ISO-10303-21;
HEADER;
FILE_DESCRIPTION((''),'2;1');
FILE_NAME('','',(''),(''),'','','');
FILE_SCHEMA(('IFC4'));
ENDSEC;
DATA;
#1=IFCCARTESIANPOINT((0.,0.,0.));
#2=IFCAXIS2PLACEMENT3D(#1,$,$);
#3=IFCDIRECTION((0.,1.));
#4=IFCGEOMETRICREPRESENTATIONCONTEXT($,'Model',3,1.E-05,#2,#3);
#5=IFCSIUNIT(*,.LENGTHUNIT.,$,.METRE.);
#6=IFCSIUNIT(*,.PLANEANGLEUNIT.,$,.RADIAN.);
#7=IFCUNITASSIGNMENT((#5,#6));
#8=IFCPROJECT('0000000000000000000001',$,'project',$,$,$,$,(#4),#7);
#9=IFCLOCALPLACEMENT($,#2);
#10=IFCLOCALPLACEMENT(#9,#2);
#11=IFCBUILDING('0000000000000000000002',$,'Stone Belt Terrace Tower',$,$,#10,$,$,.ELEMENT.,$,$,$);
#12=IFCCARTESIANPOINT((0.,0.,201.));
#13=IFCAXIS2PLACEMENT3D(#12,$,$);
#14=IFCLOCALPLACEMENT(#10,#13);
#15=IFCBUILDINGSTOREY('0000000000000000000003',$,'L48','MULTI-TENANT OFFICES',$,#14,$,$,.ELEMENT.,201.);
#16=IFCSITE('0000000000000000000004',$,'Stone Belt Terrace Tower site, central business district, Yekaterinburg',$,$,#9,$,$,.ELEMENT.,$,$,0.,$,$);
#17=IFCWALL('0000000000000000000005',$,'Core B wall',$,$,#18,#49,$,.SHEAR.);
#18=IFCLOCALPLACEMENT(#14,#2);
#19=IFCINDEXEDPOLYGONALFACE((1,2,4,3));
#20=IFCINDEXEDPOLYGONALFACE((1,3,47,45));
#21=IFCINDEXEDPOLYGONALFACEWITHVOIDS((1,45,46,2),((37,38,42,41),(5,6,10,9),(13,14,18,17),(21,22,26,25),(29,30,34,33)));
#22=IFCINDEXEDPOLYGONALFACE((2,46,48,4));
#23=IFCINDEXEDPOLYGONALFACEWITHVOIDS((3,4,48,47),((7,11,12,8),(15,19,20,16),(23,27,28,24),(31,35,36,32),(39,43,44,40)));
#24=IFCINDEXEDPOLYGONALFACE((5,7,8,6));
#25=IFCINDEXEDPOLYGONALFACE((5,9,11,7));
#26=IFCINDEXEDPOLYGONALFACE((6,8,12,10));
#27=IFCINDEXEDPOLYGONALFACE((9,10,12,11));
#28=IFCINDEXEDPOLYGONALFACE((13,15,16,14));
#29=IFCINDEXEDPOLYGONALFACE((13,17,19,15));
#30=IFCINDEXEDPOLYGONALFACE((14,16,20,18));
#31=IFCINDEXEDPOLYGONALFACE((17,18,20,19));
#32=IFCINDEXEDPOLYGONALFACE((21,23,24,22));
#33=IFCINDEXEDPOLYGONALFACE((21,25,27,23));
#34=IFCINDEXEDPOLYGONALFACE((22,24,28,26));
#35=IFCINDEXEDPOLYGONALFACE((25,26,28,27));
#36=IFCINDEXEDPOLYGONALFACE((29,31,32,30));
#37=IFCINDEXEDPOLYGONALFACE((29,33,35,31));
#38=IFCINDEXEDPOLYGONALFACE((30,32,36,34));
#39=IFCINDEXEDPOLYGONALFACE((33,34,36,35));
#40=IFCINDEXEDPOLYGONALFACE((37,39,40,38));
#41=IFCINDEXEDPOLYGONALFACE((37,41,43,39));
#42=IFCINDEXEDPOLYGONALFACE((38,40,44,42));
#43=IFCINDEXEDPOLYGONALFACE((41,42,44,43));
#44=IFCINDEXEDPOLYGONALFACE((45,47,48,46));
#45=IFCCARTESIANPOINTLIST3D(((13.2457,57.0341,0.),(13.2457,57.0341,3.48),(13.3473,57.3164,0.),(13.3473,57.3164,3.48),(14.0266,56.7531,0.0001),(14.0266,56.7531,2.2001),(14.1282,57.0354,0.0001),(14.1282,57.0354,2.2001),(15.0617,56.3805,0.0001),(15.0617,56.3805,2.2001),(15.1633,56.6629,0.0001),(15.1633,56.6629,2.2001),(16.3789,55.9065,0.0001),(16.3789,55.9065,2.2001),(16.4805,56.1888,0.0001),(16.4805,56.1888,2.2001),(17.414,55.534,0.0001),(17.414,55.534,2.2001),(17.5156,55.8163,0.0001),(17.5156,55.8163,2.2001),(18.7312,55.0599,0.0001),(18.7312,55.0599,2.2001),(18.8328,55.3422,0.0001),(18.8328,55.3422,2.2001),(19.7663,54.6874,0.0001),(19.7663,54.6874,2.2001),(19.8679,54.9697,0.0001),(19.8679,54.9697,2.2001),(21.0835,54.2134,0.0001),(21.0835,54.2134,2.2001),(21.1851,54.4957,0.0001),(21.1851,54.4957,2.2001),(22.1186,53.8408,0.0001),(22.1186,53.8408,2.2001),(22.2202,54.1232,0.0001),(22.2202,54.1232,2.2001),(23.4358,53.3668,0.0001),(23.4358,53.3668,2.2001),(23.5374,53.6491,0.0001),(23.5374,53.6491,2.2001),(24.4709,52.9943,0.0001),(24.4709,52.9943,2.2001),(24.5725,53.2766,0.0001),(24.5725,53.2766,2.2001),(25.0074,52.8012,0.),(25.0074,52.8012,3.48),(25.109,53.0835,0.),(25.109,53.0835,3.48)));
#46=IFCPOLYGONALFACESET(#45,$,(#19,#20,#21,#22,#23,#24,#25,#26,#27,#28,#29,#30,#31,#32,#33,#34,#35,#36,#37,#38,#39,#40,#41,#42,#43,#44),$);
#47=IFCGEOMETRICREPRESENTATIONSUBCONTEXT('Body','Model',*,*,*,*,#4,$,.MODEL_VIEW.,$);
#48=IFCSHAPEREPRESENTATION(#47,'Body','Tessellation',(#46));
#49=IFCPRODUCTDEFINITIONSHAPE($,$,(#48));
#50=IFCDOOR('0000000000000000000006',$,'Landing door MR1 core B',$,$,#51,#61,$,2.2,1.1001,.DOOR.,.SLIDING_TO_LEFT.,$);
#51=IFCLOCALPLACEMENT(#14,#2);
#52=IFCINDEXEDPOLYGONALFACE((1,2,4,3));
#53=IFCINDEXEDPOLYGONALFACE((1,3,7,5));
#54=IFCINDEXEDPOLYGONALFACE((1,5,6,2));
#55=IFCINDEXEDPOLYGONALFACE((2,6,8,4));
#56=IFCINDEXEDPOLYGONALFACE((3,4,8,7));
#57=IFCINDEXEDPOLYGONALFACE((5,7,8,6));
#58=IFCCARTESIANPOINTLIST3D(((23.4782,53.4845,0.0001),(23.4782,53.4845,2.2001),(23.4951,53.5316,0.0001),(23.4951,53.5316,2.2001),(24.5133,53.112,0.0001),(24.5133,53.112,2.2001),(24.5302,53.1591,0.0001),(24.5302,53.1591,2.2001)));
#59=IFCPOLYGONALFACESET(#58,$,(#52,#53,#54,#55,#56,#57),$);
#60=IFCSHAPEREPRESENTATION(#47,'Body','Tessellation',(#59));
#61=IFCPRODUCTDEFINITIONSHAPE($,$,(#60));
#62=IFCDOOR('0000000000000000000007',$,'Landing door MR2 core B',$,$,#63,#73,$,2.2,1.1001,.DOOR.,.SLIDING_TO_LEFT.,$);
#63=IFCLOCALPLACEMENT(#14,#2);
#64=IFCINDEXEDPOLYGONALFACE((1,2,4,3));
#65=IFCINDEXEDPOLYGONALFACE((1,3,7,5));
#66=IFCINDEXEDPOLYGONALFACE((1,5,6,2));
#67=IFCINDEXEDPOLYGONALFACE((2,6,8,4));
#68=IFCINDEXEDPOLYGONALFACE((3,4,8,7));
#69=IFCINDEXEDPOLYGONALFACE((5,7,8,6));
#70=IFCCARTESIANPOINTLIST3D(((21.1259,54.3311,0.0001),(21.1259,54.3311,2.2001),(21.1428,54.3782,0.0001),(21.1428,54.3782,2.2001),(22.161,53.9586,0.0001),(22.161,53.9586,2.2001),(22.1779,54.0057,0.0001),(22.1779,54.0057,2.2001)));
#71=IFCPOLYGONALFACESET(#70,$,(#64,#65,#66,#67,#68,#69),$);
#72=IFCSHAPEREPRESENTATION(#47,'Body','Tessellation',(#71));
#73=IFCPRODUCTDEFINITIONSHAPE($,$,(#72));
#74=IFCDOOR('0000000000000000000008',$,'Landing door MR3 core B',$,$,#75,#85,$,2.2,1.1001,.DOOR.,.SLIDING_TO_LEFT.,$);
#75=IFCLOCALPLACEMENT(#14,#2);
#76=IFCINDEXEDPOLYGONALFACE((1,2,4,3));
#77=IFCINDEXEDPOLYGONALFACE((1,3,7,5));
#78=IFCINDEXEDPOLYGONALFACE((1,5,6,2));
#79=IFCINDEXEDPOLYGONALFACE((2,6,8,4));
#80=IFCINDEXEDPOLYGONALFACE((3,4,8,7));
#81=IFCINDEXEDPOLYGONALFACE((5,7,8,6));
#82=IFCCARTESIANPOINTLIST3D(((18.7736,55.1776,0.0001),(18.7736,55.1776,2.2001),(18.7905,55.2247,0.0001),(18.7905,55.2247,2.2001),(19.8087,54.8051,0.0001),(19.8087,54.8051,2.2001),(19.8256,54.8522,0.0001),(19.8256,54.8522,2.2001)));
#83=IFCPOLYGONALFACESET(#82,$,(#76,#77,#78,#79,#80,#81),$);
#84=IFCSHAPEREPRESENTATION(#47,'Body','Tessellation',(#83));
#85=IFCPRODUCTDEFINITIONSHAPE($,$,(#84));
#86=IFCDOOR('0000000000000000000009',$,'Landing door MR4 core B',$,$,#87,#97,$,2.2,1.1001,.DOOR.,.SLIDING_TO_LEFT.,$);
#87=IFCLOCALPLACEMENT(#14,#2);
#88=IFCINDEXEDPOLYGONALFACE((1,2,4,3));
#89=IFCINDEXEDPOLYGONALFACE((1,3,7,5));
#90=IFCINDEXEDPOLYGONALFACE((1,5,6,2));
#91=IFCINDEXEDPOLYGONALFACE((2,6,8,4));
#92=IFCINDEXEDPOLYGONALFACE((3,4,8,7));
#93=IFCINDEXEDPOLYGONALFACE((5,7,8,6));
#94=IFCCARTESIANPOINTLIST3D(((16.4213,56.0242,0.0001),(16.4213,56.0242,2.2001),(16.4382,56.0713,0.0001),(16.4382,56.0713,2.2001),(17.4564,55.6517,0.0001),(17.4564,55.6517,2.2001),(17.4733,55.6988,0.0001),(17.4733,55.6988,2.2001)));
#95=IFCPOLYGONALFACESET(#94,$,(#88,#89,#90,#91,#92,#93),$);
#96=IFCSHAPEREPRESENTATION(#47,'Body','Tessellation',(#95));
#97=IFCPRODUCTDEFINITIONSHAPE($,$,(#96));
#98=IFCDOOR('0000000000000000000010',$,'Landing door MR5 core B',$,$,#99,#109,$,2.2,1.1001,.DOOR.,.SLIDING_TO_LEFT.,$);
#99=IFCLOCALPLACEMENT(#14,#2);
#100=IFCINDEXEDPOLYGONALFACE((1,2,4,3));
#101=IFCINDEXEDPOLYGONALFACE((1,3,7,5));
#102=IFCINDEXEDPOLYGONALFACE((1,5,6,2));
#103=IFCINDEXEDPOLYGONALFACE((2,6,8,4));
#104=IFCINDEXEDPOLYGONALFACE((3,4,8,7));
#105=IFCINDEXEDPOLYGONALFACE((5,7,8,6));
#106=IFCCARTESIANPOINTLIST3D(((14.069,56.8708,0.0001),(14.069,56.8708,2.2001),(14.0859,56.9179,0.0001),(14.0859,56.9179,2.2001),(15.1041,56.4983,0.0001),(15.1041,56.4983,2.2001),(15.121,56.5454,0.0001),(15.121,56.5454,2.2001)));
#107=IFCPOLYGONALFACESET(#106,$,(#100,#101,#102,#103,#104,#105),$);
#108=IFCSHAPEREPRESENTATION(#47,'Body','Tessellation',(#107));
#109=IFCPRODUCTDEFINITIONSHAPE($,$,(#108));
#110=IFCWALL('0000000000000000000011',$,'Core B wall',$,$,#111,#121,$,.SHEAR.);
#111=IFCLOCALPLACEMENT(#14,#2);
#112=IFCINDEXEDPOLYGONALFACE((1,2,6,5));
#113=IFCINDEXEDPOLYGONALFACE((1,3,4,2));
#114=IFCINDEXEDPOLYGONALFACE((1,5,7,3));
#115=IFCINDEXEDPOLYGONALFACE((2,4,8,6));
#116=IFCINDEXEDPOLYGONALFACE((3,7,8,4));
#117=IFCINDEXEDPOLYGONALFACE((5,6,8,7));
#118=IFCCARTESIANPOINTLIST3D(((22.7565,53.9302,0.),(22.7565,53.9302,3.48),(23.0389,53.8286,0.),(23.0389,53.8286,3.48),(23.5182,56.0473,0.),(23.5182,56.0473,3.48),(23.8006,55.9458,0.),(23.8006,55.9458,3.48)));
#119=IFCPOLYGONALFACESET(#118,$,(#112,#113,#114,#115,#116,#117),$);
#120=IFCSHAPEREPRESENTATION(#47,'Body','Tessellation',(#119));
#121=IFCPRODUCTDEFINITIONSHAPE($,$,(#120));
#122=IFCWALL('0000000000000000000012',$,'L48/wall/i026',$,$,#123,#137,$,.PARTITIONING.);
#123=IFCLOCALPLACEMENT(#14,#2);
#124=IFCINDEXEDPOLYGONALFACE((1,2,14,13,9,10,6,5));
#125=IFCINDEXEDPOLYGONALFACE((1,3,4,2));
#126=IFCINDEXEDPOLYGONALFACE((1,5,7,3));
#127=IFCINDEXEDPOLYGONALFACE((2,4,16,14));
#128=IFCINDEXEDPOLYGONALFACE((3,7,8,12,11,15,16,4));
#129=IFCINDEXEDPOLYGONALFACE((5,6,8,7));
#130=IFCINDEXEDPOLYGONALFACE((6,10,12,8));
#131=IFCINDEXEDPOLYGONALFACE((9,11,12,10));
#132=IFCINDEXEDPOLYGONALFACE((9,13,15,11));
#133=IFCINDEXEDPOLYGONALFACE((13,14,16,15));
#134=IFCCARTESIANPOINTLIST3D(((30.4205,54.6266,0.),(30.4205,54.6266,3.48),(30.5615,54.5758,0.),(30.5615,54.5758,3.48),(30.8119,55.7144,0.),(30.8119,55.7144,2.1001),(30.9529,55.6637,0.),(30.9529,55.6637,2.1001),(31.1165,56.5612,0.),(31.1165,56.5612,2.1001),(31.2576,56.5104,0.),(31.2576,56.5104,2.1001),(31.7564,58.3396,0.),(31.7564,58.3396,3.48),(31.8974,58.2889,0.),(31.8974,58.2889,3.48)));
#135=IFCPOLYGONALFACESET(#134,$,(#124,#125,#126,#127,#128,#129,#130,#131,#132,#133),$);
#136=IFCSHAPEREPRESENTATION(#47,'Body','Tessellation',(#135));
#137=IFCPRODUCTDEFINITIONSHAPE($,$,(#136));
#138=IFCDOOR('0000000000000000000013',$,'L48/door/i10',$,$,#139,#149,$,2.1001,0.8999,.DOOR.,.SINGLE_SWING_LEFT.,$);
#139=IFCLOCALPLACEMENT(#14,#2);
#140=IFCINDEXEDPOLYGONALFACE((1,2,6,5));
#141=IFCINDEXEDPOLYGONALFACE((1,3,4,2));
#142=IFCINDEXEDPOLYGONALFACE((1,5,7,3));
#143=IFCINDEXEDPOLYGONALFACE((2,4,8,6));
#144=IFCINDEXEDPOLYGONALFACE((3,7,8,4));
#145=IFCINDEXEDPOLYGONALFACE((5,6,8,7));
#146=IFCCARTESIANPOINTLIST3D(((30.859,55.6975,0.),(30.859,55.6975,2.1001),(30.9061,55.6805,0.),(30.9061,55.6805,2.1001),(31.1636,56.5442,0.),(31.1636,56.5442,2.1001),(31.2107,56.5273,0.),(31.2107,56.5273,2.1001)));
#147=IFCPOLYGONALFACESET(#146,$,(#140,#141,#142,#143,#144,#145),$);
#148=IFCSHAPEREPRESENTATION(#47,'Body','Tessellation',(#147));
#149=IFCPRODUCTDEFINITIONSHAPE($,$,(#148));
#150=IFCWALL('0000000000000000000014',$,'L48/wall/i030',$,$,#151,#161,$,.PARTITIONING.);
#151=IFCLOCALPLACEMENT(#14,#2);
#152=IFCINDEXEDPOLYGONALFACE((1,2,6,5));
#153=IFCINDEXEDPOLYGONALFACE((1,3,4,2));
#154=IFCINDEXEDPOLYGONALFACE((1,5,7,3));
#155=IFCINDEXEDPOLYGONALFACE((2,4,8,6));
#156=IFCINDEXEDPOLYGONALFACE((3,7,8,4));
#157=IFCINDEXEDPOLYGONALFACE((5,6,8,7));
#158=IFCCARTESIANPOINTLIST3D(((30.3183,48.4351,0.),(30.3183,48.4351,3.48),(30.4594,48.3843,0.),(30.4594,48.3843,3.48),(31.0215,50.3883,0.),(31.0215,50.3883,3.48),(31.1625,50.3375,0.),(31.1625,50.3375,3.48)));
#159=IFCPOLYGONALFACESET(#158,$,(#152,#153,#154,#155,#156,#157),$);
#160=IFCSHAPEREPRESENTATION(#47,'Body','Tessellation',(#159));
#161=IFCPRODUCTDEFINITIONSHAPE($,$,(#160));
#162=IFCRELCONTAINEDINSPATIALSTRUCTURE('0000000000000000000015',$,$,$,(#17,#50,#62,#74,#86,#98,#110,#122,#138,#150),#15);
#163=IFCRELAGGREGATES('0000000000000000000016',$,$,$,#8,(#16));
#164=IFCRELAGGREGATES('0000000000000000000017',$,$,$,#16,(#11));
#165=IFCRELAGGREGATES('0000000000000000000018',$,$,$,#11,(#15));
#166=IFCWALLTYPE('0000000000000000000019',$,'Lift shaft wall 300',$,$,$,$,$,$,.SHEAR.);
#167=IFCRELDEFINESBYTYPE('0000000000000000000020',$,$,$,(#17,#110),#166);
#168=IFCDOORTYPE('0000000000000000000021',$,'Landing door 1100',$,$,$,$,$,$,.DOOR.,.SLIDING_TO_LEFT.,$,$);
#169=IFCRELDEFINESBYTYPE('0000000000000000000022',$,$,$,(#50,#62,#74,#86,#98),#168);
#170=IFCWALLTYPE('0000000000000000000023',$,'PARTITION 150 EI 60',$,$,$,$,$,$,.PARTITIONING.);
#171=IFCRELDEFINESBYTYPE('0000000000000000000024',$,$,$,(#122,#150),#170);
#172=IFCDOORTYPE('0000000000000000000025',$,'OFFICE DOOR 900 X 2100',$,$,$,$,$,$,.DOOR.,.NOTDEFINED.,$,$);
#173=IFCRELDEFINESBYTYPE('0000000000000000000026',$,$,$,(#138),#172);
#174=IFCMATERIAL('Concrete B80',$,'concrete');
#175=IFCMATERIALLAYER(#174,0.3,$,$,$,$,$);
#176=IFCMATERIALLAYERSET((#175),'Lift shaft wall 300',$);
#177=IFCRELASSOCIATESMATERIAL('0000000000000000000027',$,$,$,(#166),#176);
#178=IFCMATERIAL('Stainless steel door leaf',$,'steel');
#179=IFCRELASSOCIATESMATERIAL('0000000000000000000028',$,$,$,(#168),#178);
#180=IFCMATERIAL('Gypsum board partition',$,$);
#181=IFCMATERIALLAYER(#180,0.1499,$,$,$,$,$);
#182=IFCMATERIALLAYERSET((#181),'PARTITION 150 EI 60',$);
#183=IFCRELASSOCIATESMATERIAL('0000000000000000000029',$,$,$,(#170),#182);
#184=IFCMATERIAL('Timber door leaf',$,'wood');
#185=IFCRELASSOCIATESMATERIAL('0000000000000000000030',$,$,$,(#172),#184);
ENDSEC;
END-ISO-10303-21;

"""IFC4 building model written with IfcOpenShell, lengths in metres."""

from ifc_helpers import new_model, si_unit, direction, frame, frame_2d, origin, place, context, subcontext, project, spatial, rectangle, extrude, material, layer, layer_set, type_object, element, fill, save


model = new_model("IFC4")

# Units and contexts
model_context = context("Model", 3, precision=1e-05, world=origin(), true_north=direction((0.0, 1.0)))
body_context = subcontext(model_context, "Body", "Model", "MODEL_VIEW")
ifc_project = project(units=[si_unit("LENGTHUNIT", "METRE"), si_unit("PLANEANGLEUNIT", "RADIAN")], contexts=[model_context])

# Site, building, storey
site_placement = place(None, origin())
site = spatial("IfcSite", under=ifc_project, at=site_placement, Name="Stone Belt Terrace Tower site, central business district, Yekaterinburg", CompositionType="ELEMENT", RefElevation=0.0)
building_placement = place(site_placement, origin())
building = spatial("IfcBuilding", under=site, at=building_placement, Name="Stone Belt Terrace Tower", CompositionType="ELEMENT")
storey_placement = place(building_placement, frame((0.0, 0.0, 201.0)))
storey = spatial("IfcBuildingStorey", under=building, at=storey_placement, Name="L48", Description="MULTI-TENANT OFFICES", CompositionType="ELEMENT", Elevation=201.0)

# Shared definitions
ifc_material_1 = material(Name="Timber door leaf", Category="wood")

# Shared definitions
ifc_material_2 = material(Name="Concrete B80", Category="concrete")

# Shared definitions
ifc_layer_1 = layer(ifc_material_2, 0.3)
ifc_layer_set_1 = layer_set([ifc_layer_1], Name="Lift shaft wall 300")
wall_type_1 = type_object("IfcWallType", Name="Lift shaft wall 300", PredefinedType="SHEAR", material=ifc_layer_set_1)
ifc_material_3 = material(Name="Stainless steel door leaf", Category="steel")

# Wall, openings, doors
wall_1_placement = place(storey_placement, frame((25.0581, 52.9424, 0.0), z_axis=(0.0, 0.0, 1.0), x_axis=(-0.940921, 0.338627, 0.0)))
wall_1 = element("IfcWall", 1, at=wall_1_placement, inside=storey, type_object=wall_type_1, Name="Core B wall", PredefinedType="SHEAR", context=body_context, shape_type="SweptSolid", body=[
    extrude(rectangle(XDim=12.5002, YDim=0.3, at=frame_2d((6.25, 0.0))), origin(), (0.0, 0.0, 1.0), 3.48),
])
opening_1_placement = place(wall_1_placement, frame((0.5701, 0.0, 0.0)))
opening_1 = element("IfcOpeningElement", 2, at=opening_1_placement, cuts=wall_1, PredefinedType="OPENING", context=body_context, shape_type="SweptSolid", body=[
    extrude(rectangle(XDim=1.1001, YDim=2.2, at=frame_2d((0.55, 1.1001))), frame((0.0, 0.1599, 0.0), z_axis=(0.0, -1.0, 0.0), x_axis=(1.0, 0.0, 0.0)), (0.0, 0.0, 1.0), 0.3201),
])
opening_2_placement = place(wall_1_placement, frame((3.0701, 0.0, 0.0)))
opening_2 = element("IfcOpeningElement", 3, at=opening_2_placement, cuts=wall_1, PredefinedType="OPENING", context=body_context, shape_type="SweptSolid", body=[
    extrude(rectangle(XDim=1.1001, YDim=2.2, at=frame_2d((0.55, 1.1001))), frame((0.0, 0.1599, 0.0), z_axis=(0.0, -1.0, 0.0), x_axis=(1.0, 0.0, 0.0)), (0.0, 0.0, 1.0), 0.3201),
])
opening_3_placement = place(wall_1_placement, frame((5.5701, 0.0, 0.0)))
opening_3 = element("IfcOpeningElement", 4, at=opening_3_placement, cuts=wall_1, PredefinedType="OPENING", context=body_context, shape_type="SweptSolid", body=[
    extrude(rectangle(XDim=1.1001, YDim=2.2, at=frame_2d((0.55, 1.1001))), frame((0.0, 0.1599, 0.0), z_axis=(0.0, -1.0, 0.0), x_axis=(1.0, 0.0, 0.0)), (0.0, 0.0, 1.0), 0.3201),
])
opening_4_placement = place(wall_1_placement, frame((8.0701, 0.0, 0.0)))
opening_4 = element("IfcOpeningElement", 5, at=opening_4_placement, cuts=wall_1, PredefinedType="OPENING", context=body_context, shape_type="SweptSolid", body=[
    extrude(rectangle(XDim=1.1001, YDim=2.2, at=frame_2d((0.55, 1.1001))), frame((0.0, 0.1599, 0.0), z_axis=(0.0, -1.0, 0.0), x_axis=(1.0, 0.0, 0.0)), (0.0, 0.0, 1.0), 0.3201),
])
opening_5_placement = place(wall_1_placement, frame((10.5701, 0.0, 0.0)))
opening_5 = element("IfcOpeningElement", 6, at=opening_5_placement, cuts=wall_1, PredefinedType="OPENING", context=body_context, shape_type="SweptSolid", body=[
    extrude(rectangle(XDim=1.1001, YDim=2.2, at=frame_2d((0.55, 1.1001))), frame((0.0, 0.1599, 0.0), z_axis=(0.0, -1.0, 0.0), x_axis=(1.0, 0.0, 0.0)), (0.0, 0.0, 1.0), 0.3201),
])
door_type_1 = type_object("IfcDoorType", Name="Landing door 1100", OperationType="SLIDING_TO_LEFT", PredefinedType="DOOR", material=ifc_material_3)
door_1_placement = place(opening_1_placement, origin())
door_1 = element("IfcDoor", 7, at=door_1_placement, inside=storey, type_object=door_type_1, Name="Landing door MR1 core B", OperationType="SLIDING_TO_LEFT", OverallHeight=2.2, OverallWidth=1.1001, PredefinedType="DOOR", context=body_context, shape_type="SweptSolid", body=[
    extrude(rectangle(XDim=1.1001, YDim=2.2, at=frame_2d((0.55, 1.1001))), frame((0.0, 0.0249, 0.0), z_axis=(0.0, -1.0, 0.0), x_axis=(1.0, 0.0, 0.0)), (0.0, 0.0, 1.0), 0.05),
])
fill(opening_1, door_1)
door_2_placement = place(opening_2_placement, origin())
door_2 = element("IfcDoor", 8, at=door_2_placement, inside=storey, type_object=door_type_1, Name="Landing door MR2 core B", OperationType="SLIDING_TO_LEFT", OverallHeight=2.2, OverallWidth=1.1001, PredefinedType="DOOR", context=body_context, shape_type="SweptSolid", body=[
    extrude(rectangle(XDim=1.1001, YDim=2.2, at=frame_2d((0.55, 1.1001))), frame((0.0, 0.0249, 0.0), z_axis=(0.0, -1.0, 0.0), x_axis=(1.0, 0.0, 0.0)), (0.0, 0.0, 1.0), 0.05),
])
fill(opening_2, door_2)
door_3_placement = place(opening_3_placement, origin())
door_3 = element("IfcDoor", 9, at=door_3_placement, inside=storey, type_object=door_type_1, Name="Landing door MR3 core B", OperationType="SLIDING_TO_LEFT", OverallHeight=2.2, OverallWidth=1.1001, PredefinedType="DOOR", context=body_context, shape_type="SweptSolid", body=[
    extrude(rectangle(XDim=1.1001, YDim=2.2, at=frame_2d((0.55, 1.1001))), frame((0.0, 0.0249, 0.0), z_axis=(0.0, -1.0, 0.0), x_axis=(1.0, 0.0, 0.0)), (0.0, 0.0, 1.0), 0.05),
])
fill(opening_3, door_3)
door_4_placement = place(opening_4_placement, origin())
door_4 = element("IfcDoor", 10, at=door_4_placement, inside=storey, type_object=door_type_1, Name="Landing door MR4 core B", OperationType="SLIDING_TO_LEFT", OverallHeight=2.2, OverallWidth=1.1001, PredefinedType="DOOR", context=body_context, shape_type="SweptSolid", body=[
    extrude(rectangle(XDim=1.1001, YDim=2.2, at=frame_2d((0.55, 1.1001))), frame((0.0, 0.0249, 0.0), z_axis=(0.0, -1.0, 0.0), x_axis=(1.0, 0.0, 0.0)), (0.0, 0.0, 1.0), 0.05),
])
fill(opening_4, door_4)
door_5_placement = place(opening_5_placement, origin())
door_5 = element("IfcDoor", 11, at=door_5_placement, inside=storey, type_object=door_type_1, Name="Landing door MR5 core B", OperationType="SLIDING_TO_LEFT", OverallHeight=2.2, OverallWidth=1.1001, PredefinedType="DOOR", context=body_context, shape_type="SweptSolid", body=[
    extrude(rectangle(XDim=1.1001, YDim=2.2, at=frame_2d((0.55, 1.1001))), frame((0.0, 0.0249, 0.0), z_axis=(0.0, -1.0, 0.0), x_axis=(1.0, 0.0, 0.0)), (0.0, 0.0, 1.0), 0.05),
])
fill(opening_5, door_5)

# Wall
wall_2_placement = place(storey_placement, frame((22.8977, 53.8794, 0.0), z_axis=(0.0, 0.0, 1.0), x_axis=(0.338535, 0.940954, 0.0)))
element("IfcWall", 12, at=wall_2_placement, inside=storey, type_object=wall_type_1, Name="Core B wall", PredefinedType="SHEAR", context=body_context, shape_type="SweptSolid", body=[
    extrude(rectangle(XDim=2.25, YDim=0.3, at=frame_2d((1.125, 0.0))), origin(), (0.0, 0.0, 1.0), 3.48),
])

# Wall, opening, door
ifc_material_4 = material(Name="Gypsum board partition")
ifc_layer_2 = layer(ifc_material_4, 0.1499)
ifc_layer_set_2 = layer_set([ifc_layer_2], Name="PARTITION 150 EI 60")
wall_type_2 = type_object("IfcWallType", Name="PARTITION 150 EI 60", PredefinedType="PARTITIONING", material=ifc_layer_set_2)
wall_3_placement = place(storey_placement, frame((30.491, 54.6011, 0.0), z_axis=(0.0, 0.0, 1.0), x_axis=(0.338542, 0.940951, 0.0)))
wall_3 = element("IfcWall", 13, at=wall_3_placement, inside=storey, type_object=wall_type_2, Name="L48/wall/i026", PredefinedType="PARTITIONING", context=body_context, shape_type="SweptSolid", body=[
    extrude(rectangle(XDim=3.946, YDim=0.1499, at=frame_2d((1.9731, 0.0))), origin(), (0.0, 0.0, 1.0), 3.48),
])
opening_6_placement = place(wall_3_placement, frame((1.1562, 0.0, 0.0)))
opening_6 = element("IfcOpeningElement", 14, at=opening_6_placement, cuts=wall_3, PredefinedType="OPENING", context=body_context, shape_type="SweptSolid", body=[
    extrude(rectangle(XDim=0.8999, YDim=2.1001, at=frame_2d((0.45, 1.05))), frame((0.0, 0.085, 0.0), z_axis=(0.0, -1.0, 0.0), x_axis=(1.0, 0.0, 0.0)), (0.0, 0.0, 1.0), 0.1699),
])
door_type_2 = type_object("IfcDoorType", Name="OFFICE DOOR 900 X 2100", OperationType="NOTDEFINED", PredefinedType="DOOR", material=ifc_material_1)
door_6_placement = place(opening_6_placement, origin())
door_6 = element("IfcDoor", 15, at=door_6_placement, inside=storey, type_object=door_type_2, Name="L48/door/i10", OperationType="SINGLE_SWING_LEFT", OverallHeight=2.1001, OverallWidth=0.8999, PredefinedType="DOOR", context=body_context, shape_type="SweptSolid", body=[
    extrude(rectangle(XDim=0.8999, YDim=2.1001, at=frame_2d((0.45, 1.05))), frame((0.0, 0.0249, 0.0), z_axis=(0.0, -1.0, 0.0), x_axis=(1.0, 0.0, 0.0)), (0.0, 0.0, 1.0), 0.05),
])
fill(opening_6, door_6)

# Wall
wall_4_placement = place(storey_placement, frame((31.092, 50.363, 0.0), z_axis=(0.0, 0.0, 1.0), x_axis=(-0.338719, -0.940887, 0.0)))
element("IfcWall", 16, at=wall_4_placement, inside=storey, type_object=wall_type_2, Name="L48/wall/i030", PredefinedType="PARTITIONING", context=body_context, shape_type="SweptSolid", body=[
    extrude(rectangle(XDim=2.0759, YDim=0.1499, at=frame_2d((1.0381, 0.0))), origin(), (0.0, 0.0, 1.0), 3.48),
])

save(model, "model.ifc")
